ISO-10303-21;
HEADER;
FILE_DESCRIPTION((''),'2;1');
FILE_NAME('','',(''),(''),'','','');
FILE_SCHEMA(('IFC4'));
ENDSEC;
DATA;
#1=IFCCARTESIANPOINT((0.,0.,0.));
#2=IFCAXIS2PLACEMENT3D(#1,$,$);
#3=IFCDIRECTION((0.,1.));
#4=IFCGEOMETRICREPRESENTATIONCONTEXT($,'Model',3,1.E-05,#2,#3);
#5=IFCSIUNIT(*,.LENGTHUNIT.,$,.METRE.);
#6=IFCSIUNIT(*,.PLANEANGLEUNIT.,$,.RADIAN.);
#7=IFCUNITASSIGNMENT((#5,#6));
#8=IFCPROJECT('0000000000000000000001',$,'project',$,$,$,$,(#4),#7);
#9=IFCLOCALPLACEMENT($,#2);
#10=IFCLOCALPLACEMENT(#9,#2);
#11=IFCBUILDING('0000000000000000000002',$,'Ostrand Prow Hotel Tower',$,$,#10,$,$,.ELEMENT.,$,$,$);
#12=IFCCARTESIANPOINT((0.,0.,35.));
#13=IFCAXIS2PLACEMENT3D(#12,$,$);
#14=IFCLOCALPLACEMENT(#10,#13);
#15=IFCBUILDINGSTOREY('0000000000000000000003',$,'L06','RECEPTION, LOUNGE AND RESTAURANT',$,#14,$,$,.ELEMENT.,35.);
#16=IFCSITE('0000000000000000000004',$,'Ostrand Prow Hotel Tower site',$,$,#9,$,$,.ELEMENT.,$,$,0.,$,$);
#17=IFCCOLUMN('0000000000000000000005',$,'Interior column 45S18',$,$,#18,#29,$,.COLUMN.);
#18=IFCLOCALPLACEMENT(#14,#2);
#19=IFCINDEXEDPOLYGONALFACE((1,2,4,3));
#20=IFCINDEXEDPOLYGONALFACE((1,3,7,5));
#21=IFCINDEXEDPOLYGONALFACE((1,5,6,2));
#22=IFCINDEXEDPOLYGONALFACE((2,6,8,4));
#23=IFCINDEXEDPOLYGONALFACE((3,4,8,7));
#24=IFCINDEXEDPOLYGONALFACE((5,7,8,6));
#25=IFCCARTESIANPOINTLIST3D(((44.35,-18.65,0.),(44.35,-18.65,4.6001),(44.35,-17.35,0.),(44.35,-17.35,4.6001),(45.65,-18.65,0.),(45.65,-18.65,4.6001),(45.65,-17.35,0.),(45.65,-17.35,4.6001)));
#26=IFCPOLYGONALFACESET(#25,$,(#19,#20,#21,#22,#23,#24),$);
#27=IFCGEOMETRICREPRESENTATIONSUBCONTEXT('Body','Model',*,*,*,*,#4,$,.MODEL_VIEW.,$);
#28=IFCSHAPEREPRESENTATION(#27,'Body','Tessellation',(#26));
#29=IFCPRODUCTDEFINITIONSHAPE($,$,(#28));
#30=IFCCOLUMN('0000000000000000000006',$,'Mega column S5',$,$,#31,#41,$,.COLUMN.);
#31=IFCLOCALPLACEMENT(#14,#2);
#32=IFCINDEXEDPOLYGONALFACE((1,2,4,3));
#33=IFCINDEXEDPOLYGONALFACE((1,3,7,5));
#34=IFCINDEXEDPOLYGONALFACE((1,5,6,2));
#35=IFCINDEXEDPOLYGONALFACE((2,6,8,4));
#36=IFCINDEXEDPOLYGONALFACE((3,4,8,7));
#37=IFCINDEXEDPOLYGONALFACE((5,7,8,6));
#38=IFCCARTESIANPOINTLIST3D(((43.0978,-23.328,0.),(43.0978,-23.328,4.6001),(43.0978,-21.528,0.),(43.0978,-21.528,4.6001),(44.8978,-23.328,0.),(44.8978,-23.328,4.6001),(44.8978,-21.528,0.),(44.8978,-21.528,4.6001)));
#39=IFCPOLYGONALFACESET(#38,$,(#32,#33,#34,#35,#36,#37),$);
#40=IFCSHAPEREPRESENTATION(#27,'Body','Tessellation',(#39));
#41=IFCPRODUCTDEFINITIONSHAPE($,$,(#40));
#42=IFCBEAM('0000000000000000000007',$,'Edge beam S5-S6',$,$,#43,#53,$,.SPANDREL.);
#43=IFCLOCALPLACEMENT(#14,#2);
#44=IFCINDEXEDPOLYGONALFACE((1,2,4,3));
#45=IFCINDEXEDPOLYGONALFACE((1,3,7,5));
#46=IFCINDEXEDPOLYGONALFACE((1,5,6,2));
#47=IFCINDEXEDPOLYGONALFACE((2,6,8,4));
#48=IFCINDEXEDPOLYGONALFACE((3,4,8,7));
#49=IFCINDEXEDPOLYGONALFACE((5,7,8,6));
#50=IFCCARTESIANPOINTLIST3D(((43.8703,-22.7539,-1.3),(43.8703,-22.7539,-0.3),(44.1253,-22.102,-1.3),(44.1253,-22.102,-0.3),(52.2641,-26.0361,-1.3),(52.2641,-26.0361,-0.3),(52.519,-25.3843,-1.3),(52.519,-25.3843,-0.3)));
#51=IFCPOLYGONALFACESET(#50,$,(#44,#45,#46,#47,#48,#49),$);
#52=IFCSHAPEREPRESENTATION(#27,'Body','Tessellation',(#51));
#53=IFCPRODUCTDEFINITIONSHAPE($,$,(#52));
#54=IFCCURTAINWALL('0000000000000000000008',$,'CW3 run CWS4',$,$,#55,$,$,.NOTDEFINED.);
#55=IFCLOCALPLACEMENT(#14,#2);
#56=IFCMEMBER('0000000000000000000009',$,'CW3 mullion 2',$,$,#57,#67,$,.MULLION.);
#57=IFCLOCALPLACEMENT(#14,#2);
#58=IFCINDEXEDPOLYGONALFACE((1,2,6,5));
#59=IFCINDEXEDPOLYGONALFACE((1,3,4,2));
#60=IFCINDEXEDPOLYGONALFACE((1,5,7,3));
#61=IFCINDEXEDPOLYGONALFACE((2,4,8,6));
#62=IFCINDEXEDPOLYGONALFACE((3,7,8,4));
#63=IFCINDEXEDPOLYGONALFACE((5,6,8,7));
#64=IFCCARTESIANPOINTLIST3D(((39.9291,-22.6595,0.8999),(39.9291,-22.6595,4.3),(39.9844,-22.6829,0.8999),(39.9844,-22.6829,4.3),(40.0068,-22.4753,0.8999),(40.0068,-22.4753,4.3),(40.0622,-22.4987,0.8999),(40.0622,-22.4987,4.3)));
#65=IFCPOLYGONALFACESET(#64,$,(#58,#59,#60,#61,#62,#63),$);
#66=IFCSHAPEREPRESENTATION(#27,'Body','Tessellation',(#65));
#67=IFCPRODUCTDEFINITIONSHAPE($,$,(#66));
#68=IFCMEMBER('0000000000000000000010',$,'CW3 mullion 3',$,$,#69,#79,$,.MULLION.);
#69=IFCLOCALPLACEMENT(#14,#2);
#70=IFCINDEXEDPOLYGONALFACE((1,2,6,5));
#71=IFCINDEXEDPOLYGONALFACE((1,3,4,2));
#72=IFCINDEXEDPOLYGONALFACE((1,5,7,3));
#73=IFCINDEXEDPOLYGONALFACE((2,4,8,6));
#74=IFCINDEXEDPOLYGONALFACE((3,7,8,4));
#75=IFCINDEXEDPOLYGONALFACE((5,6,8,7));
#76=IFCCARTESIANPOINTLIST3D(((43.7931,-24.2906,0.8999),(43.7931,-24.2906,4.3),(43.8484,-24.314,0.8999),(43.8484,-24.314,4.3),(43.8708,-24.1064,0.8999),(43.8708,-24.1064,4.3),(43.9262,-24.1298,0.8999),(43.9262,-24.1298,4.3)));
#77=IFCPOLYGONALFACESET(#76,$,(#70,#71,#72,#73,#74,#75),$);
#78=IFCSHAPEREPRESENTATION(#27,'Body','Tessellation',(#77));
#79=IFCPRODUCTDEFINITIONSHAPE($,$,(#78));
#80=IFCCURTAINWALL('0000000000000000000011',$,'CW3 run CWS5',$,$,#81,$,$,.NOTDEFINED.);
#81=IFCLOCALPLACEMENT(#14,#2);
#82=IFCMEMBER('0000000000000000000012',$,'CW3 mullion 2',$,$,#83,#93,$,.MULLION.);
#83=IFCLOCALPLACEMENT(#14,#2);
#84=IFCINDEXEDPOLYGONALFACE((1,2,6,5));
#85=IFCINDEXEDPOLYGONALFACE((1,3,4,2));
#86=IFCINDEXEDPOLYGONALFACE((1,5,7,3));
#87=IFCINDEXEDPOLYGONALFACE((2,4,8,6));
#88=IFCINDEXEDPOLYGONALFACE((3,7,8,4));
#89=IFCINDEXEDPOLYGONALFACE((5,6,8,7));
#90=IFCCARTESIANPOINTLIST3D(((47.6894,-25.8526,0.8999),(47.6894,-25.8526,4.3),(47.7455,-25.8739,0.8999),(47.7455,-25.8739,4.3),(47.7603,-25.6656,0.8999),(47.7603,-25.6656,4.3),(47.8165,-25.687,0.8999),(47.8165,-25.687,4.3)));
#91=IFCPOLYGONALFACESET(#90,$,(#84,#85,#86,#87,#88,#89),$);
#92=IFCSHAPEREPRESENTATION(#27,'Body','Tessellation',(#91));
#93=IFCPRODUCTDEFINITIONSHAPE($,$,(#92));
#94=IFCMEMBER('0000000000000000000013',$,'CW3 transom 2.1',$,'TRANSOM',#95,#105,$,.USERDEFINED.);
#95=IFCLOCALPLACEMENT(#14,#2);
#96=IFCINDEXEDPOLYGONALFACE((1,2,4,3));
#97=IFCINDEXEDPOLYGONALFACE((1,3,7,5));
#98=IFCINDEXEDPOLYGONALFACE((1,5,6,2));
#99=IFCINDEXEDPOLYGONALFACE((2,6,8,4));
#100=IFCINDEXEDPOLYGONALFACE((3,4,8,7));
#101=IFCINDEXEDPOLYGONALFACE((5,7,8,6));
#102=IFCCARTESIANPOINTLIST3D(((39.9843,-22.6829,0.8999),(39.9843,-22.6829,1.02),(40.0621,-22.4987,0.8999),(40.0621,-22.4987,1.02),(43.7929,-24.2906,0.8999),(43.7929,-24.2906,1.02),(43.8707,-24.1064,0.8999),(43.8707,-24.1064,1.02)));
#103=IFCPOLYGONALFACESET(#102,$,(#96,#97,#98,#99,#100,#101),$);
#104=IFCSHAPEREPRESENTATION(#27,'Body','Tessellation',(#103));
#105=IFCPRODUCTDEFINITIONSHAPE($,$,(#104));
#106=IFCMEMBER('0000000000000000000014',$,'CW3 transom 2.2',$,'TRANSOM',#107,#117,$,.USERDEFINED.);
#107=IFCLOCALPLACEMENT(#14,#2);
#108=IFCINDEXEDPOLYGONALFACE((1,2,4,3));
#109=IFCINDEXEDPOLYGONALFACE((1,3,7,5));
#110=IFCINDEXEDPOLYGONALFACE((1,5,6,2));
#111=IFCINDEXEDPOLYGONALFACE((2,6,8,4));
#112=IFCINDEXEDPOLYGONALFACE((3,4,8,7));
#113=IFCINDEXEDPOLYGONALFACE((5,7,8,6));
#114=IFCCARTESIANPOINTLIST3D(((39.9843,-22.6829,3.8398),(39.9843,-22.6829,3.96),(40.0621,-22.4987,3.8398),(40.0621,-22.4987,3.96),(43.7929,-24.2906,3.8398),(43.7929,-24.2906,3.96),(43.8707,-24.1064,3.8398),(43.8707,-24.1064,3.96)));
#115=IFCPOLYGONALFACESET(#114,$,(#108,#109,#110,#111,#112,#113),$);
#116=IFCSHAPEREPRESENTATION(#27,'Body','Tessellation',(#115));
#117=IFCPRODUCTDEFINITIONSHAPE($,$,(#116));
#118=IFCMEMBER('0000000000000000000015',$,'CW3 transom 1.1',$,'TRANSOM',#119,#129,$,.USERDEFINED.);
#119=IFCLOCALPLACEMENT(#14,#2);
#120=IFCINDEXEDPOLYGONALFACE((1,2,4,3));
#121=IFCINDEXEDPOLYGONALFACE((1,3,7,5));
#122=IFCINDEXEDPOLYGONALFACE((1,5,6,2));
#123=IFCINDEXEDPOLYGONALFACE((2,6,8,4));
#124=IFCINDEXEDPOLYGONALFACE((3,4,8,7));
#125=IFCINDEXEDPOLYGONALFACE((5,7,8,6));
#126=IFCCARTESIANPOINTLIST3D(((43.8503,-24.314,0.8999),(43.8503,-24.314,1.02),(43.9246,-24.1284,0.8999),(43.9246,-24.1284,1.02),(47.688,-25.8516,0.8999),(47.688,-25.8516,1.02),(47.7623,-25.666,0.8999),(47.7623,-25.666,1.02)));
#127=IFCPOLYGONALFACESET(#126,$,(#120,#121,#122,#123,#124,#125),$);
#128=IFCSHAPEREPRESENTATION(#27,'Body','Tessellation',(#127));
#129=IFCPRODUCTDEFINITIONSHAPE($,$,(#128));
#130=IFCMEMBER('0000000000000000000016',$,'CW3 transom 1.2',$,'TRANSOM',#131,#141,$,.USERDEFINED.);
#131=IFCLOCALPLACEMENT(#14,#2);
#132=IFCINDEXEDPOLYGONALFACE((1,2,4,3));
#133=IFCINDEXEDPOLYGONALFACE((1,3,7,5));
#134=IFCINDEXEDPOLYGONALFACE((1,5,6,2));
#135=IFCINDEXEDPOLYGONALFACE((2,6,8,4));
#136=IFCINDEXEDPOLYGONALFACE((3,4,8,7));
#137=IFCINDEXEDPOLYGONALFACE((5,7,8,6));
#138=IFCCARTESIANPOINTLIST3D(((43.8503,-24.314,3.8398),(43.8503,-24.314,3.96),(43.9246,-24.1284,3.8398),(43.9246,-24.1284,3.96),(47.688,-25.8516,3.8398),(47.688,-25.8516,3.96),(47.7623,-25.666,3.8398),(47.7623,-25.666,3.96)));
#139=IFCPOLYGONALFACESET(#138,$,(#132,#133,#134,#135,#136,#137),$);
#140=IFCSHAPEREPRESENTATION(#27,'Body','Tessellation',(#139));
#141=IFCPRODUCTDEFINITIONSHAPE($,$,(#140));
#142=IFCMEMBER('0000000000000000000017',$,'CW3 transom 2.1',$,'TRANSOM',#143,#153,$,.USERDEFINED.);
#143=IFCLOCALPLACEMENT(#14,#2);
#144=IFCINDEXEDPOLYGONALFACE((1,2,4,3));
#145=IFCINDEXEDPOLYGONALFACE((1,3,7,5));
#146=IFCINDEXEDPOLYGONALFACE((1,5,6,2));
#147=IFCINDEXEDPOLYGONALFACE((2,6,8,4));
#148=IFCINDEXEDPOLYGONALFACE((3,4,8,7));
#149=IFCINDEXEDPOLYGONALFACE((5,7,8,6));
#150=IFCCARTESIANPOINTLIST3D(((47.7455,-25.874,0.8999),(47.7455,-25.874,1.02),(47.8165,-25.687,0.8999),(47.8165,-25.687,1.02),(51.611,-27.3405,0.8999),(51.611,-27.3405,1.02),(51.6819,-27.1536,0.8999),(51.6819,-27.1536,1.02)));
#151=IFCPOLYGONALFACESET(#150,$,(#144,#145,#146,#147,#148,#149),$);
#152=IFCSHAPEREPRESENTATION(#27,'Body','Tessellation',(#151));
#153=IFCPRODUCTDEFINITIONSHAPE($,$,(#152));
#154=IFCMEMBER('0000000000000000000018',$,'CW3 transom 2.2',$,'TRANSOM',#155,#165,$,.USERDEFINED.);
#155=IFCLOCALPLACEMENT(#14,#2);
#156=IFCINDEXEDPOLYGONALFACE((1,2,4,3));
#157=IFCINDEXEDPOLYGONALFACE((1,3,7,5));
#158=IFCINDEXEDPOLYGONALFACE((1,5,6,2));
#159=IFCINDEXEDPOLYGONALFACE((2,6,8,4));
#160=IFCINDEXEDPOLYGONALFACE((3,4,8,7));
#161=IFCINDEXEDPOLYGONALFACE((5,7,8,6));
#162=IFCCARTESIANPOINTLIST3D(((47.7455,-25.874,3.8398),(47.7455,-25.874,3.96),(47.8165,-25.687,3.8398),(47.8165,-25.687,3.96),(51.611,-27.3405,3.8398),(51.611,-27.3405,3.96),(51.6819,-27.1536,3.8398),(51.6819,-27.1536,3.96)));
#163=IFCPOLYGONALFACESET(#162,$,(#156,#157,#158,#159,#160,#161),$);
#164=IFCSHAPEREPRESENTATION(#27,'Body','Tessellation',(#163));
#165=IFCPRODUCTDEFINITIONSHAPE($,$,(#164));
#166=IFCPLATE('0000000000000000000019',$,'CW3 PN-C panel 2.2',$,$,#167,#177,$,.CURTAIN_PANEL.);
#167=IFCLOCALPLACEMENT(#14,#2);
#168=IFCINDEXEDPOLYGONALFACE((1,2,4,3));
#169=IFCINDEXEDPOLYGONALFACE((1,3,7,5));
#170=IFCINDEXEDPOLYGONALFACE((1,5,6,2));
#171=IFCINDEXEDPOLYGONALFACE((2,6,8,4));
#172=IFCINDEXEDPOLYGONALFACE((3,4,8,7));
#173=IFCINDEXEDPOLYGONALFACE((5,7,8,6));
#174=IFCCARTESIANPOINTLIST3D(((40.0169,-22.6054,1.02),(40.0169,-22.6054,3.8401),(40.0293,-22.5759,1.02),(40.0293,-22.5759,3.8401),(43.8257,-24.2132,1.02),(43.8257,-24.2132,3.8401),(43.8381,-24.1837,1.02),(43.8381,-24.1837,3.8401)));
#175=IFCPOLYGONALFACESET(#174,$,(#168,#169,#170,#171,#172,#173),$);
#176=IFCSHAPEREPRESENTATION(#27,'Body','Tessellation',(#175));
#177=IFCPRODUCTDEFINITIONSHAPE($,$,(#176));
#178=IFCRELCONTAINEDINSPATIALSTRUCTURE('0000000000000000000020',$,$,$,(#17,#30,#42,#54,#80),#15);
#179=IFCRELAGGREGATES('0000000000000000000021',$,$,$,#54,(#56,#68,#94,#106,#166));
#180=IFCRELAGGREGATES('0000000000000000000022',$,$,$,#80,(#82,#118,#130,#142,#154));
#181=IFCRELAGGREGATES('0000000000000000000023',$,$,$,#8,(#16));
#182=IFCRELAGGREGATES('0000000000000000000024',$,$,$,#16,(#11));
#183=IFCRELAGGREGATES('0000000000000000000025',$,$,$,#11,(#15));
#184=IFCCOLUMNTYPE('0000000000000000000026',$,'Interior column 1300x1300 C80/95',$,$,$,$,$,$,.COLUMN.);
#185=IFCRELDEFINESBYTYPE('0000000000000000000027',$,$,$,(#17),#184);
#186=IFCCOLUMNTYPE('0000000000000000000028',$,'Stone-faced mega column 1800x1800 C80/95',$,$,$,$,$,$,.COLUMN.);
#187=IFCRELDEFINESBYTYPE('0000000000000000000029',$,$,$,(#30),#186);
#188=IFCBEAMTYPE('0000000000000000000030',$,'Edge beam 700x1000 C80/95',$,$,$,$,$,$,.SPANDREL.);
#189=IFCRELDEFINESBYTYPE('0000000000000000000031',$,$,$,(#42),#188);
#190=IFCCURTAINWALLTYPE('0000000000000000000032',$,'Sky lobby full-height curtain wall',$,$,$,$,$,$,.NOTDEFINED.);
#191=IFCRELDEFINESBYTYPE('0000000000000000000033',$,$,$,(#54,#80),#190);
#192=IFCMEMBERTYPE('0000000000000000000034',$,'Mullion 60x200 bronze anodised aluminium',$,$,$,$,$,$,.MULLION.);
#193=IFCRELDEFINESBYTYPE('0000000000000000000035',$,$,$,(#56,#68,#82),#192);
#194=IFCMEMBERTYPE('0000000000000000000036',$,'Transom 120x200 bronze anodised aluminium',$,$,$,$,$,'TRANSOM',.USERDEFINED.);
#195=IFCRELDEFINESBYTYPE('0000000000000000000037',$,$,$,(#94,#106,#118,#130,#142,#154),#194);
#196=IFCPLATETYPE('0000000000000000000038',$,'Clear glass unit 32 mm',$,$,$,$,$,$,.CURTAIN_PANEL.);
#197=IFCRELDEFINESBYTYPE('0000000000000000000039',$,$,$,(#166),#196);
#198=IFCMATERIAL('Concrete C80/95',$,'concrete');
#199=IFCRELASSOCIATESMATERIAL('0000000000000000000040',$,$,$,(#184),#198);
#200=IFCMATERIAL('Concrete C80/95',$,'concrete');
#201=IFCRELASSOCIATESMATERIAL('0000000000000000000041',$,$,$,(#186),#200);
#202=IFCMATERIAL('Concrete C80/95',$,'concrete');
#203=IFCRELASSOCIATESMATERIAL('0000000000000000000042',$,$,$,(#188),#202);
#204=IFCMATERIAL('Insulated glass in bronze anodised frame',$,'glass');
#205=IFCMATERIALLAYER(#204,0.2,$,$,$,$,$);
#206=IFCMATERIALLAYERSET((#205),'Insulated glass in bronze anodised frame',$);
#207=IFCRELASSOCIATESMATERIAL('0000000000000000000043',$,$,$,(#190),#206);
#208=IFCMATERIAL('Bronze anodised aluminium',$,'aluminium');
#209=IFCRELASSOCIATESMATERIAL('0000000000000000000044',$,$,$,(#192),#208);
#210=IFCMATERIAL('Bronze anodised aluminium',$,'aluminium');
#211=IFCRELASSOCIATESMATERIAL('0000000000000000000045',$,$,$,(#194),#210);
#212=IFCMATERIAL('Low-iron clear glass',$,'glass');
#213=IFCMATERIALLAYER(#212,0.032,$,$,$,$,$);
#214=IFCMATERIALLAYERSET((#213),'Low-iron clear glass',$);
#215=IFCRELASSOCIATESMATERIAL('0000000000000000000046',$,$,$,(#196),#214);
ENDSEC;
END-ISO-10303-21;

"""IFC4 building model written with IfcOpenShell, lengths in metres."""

from ifc_helpers import new_model, si_unit, direction, frame, origin, origin_2d, place, context, subcontext, project, spatial, rectangle, extrude, material, layer, layer_set, material_profile, profile_set, type_object, element, aggregate, save


model = new_model("IFC4")

# Units and contexts
model_context = context("Model", 3, precision=1e-05, world=origin(), true_north=direction((0.0, 1.0)))
body_context = subcontext(model_context, "Body", "Model", "MODEL_VIEW")
ifc_project = project(units=[si_unit("LENGTHUNIT", "METRE"), si_unit("PLANEANGLEUNIT", "RADIAN")], contexts=[model_context])

# Site, building, storey
site_placement = place(None, origin())
site = spatial("IfcSite", under=ifc_project, at=site_placement, Name="Ostrand Prow Hotel Tower site", CompositionType="ELEMENT", RefElevation=0.0)
building_placement = place(site_placement, origin())
building = spatial("IfcBuilding", under=site, at=building_placement, Name="Ostrand Prow Hotel Tower", CompositionType="ELEMENT")
storey_placement = place(building_placement, frame((0.0, 0.0, 35.0)))
storey = spatial("IfcBuildingStorey", under=building, at=storey_placement, Name="L06", Description="RECEPTION, LOUNGE AND RESTAURANT", CompositionType="ELEMENT", Elevation=35.0)

# Columns
ifc_material_1 = material(Name="Concrete C80/95", Category="concrete")
ifc_material_profile_1 = material_profile(ifc_material_1, rectangle(XDim=1.3, YDim=1.3, at=origin_2d()), Name="RC 1300x1300")
ifc_profile_set_1 = profile_set([ifc_material_profile_1], Name="Concrete C80/95")
column_type_1 = type_object("IfcColumnType", Name="Interior column 1300x1300 C80/95", PredefinedType="COLUMN", material=ifc_profile_set_1)
column_1_placement = place(storey_placement, frame((45.0, -18.0, 0.0), z_axis=(0.0, 0.0, 1.0), x_axis=(1.0, 0.0, 0.0)))
element("IfcColumn", 1, at=column_1_placement, inside=storey, type_object=column_type_1, Name="Interior column 45S18", PredefinedType="COLUMN", context=body_context, shape_type="SweptSolid", body=[
    extrude(rectangle(XDim=1.3, YDim=1.3, at=origin_2d()), origin(), (0.0, 0.0, 1.0), 4.6001),
])
ifc_material_2 = material(Name="Concrete C80/95", Category="concrete")
ifc_material_profile_2 = material_profile(ifc_material_2, rectangle(XDim=1.8, YDim=1.8, at=origin_2d()), Name="RC 1800x1800")
ifc_profile_set_2 = profile_set([ifc_material_profile_2], Name="Concrete C80/95")
column_type_2 = type_object("IfcColumnType", Name="Stone-faced mega column 1800x1800 C80/95", PredefinedType="COLUMN", material=ifc_profile_set_2)
column_2_placement = place(storey_placement, frame((43.9978, -22.428, 0.0), z_axis=(0.0, 0.0, 1.0), x_axis=(1.0, 0.0, 0.0)))
element("IfcColumn", 2, at=column_2_placement, inside=storey, type_object=column_type_2, Name="Mega column S5", PredefinedType="COLUMN", context=body_context, shape_type="SweptSolid", body=[
    extrude(rectangle(XDim=1.8, YDim=1.8, at=origin_2d()), origin(), (0.0, 0.0, 1.0), 4.6001),
])

# Beam
ifc_material_3 = material(Name="Concrete C80/95", Category="concrete")
ifc_material_profile_3 = material_profile(ifc_material_3, rectangle(XDim=0.7, YDim=1.0, at=origin_2d()), Name="RC 700x1000")
ifc_profile_set_3 = profile_set([ifc_material_profile_3], Name="Concrete C80/95")
beam_type = type_object("IfcBeamType", Name="Edge beam 700x1000 C80/95", PredefinedType="SPANDREL", material=ifc_profile_set_3)
beam_placement = place(storey_placement, frame((43.9978, -22.428, -0.8), z_axis=(0.931329, -0.364178, 0.0), x_axis=(0.364178, 0.931329, 0.0)))
element("IfcBeam", 3, at=beam_placement, inside=storey, type_object=beam_type, Name="Edge beam S5-S6", PredefinedType="SPANDREL", context=body_context, shape_type="SweptSolid", body=[
    extrude(rectangle(XDim=0.7, YDim=1.0, at=origin_2d()), origin(), (0.0, 0.0, 1.0), 9.0127),
])

# Curtain wall, members
ifc_material_4 = material(Name="Insulated glass in bronze anodised frame", Category="glass")
ifc_layer_1 = layer(ifc_material_4, 0.2)
ifc_layer_set_1 = layer_set([ifc_layer_1], Name="Insulated glass in bronze anodised frame")
curtain_wall_type = type_object("IfcCurtainWallType", Name="Sky lobby full-height curtain wall", PredefinedType="NOTDEFINED", material=ifc_layer_set_1)
curtain_wall_1_placement = place(storey_placement, origin())
curtain_wall_1 = element("IfcCurtainWall", 4, at=curtain_wall_1_placement, inside=storey, type_object=curtain_wall_type, Name="CW3 run CWS4", PredefinedType="NOTDEFINED")
ifc_material_5 = material(Name="Bronze anodised aluminium", Category="aluminium")
ifc_material_profile_4 = material_profile(ifc_material_5, rectangle(XDim=0.2, YDim=0.0601, at=origin_2d()), Name="Mullion 60x200 bronze anodised aluminium")
ifc_profile_set_4 = profile_set([ifc_material_profile_4], Name="Bronze anodised aluminium")
member_type_1 = type_object("IfcMemberType", Name="Mullion 60x200 bronze anodised aluminium", PredefinedType="MULLION", material=ifc_profile_set_4)
member_1_placement = place(storey_placement, frame((39.9956, -22.5791, 0.8999), z_axis=(0.0, 0.0, 1.0), x_axis=(0.388892, 0.921283, 0.0)))
member_1 = element("IfcMember", 5, at=member_1_placement, type_object=member_type_1, Name="CW3 mullion 2", PredefinedType="MULLION", context=body_context, shape_type="SweptSolid", body=[
    extrude(rectangle(XDim=0.2, YDim=0.0601, at=origin_2d()), origin(), (0.0, 0.0, 1.0), 3.4001),
])
member_2_placement = place(storey_placement, frame((43.8596, -24.2102, 0.8999), z_axis=(0.0, 0.0, 1.0), x_axis=(0.388892, 0.921283, 0.0)))
member_2 = element("IfcMember", 6, at=member_2_placement, type_object=member_type_1, Name="CW3 mullion 3", PredefinedType="MULLION", context=body_context, shape_type="SweptSolid", body=[
    extrude(rectangle(XDim=0.2, YDim=0.0601, at=origin_2d()), origin(), (0.0, 0.0, 1.0), 3.4001),
])

# Curtain wall, member
curtain_wall_2_placement = place(storey_placement, origin())
curtain_wall_2 = element("IfcCurtainWall", 7, at=curtain_wall_2_placement, inside=storey, type_object=curtain_wall_type, Name="CW3 run CWS5", PredefinedType="NOTDEFINED")
member_3_placement = place(storey_placement, frame((47.7529, -25.7698, 0.8999), z_axis=(0.0, 0.0, 1.0), x_axis=(0.354728, 0.934969, 0.0)))
member_3 = element("IfcMember", 8, at=member_3_placement, type_object=member_type_1, Name="CW3 mullion 2", PredefinedType="MULLION", context=body_context, shape_type="SweptSolid", body=[
    extrude(rectangle(XDim=0.2, YDim=0.0601, at=origin_2d()), origin(), (0.0, 0.0, 1.0), 3.4001),
])

# Members
ifc_material_6 = material(Name="Bronze anodised aluminium", Category="aluminium")
ifc_material_profile_5 = material_profile(ifc_material_6, rectangle(XDim=0.2, YDim=0.1201, at=origin_2d()), Name="Transom 120x200 bronze anodised aluminium")
ifc_profile_set_5 = profile_set([ifc_material_profile_5], Name="Bronze anodised aluminium")
member_type_2 = type_object("IfcMemberType", Name="Transom 120x200 bronze anodised aluminium", ElementType="TRANSOM", PredefinedType="USERDEFINED", material=ifc_profile_set_5)
member_4_placement = place(storey_placement, frame((40.0232, -22.5908, 0.96), z_axis=(0.921285, -0.388888, 0.0), x_axis=(0.388888, 0.921285, 0.0)))
member_4 = element("IfcMember", 9, at=member_4_placement, type_object=member_type_2, Name="CW3 transom 2.1", ObjectType="TRANSOM", PredefinedType="USERDEFINED", context=body_context, shape_type="SweptSolid", body=[
    extrude(rectangle(XDim=0.2, YDim=0.1201, at=origin_2d()), origin(), (0.0, 0.0, 1.0), 4.134),
])
member_5_placement = place(storey_placement, frame((40.0232, -22.5908, 3.8999), z_axis=(0.921285, -0.388888, 0.0), x_axis=(0.388888, 0.921285, 0.0)))
member_5 = element("IfcMember", 10, at=member_5_placement, type_object=member_type_2, Name="CW3 transom 2.2", ObjectType="TRANSOM", PredefinedType="USERDEFINED", context=body_context, shape_type="SweptSolid", body=[
    extrude(rectangle(XDim=0.2, YDim=0.1201, at=origin_2d()), origin(), (0.0, 0.0, 1.0), 4.134),
])
member_6_placement = place(storey_placement, frame((43.8875, -24.2212, 0.96), z_axis=(0.928265, -0.37192, 0.0), x_axis=(0.37192, 0.928265, 0.0)))
member_6 = element("IfcMember", 11, at=member_6_placement, type_object=member_type_2, Name="CW3 transom 1.1", ObjectType="TRANSOM", PredefinedType="USERDEFINED", context=body_context, shape_type="SweptSolid", body=[
    extrude(rectangle(XDim=0.2, YDim=0.1201, at=origin_2d()), origin(), (0.0, 0.0, 1.0), 4.1343),
])
member_7_placement = place(storey_placement, frame((43.8875, -24.2212, 3.8999), z_axis=(0.928265, -0.37192, 0.0), x_axis=(0.37192, 0.928265, 0.0)))
member_7 = element("IfcMember", 12, at=member_7_placement, type_object=member_type_2, Name="CW3 transom 1.2", ObjectType="TRANSOM", PredefinedType="USERDEFINED", context=body_context, shape_type="SweptSolid", body=[
    extrude(rectangle(XDim=0.2, YDim=0.1201, at=origin_2d()), origin(), (0.0, 0.0, 1.0), 4.1343),
])
member_8_placement = place(storey_placement, frame((47.781, -25.7805, 0.96), z_axis=(0.934971, -0.354725, 0.0), x_axis=(0.354725, 0.934971, 0.0)))
member_8 = element("IfcMember", 13, at=member_8_placement, type_object=member_type_2, Name="CW3 transom 2.1", ObjectType="TRANSOM", PredefinedType="USERDEFINED", context=body_context, shape_type="SweptSolid", body=[
    extrude(rectangle(XDim=0.2, YDim=0.1201, at=origin_2d()), origin(), (0.0, 0.0, 1.0), 4.1343),
])
member_9_placement = place(storey_placement, frame((47.781, -25.7805, 3.8999), z_axis=(0.934971, -0.354725, 0.0), x_axis=(0.354725, 0.934971, 0.0)))
member_9 = element("IfcMember", 14, at=member_9_placement, type_object=member_type_2, Name="CW3 transom 2.2", ObjectType="TRANSOM", PredefinedType="USERDEFINED", context=body_context, shape_type="SweptSolid", body=[
    extrude(rectangle(XDim=0.2, YDim=0.1201, at=origin_2d()), origin(), (0.0, 0.0, 1.0), 4.1343),
])

# Plate
ifc_material_7 = material(Name="Low-iron clear glass", Category="glass")
ifc_layer_2 = layer(ifc_material_7, 0.032)
ifc_layer_set_2 = layer_set([ifc_layer_2], Name="Low-iron clear glass")
plate_type_1 = type_object("IfcPlateType", Name="Clear glass unit 32 mm", PredefinedType="CURTAIN_PANEL", material=ifc_layer_set_2)
plate_1_placement = place(storey_placement, frame((41.9275, -23.3945, 1.02), z_axis=(0.0, 0.0, 1.0), x_axis=(0.921283, -0.388892, 0.0)))
plate_1 = element("IfcPlate", 15, at=plate_1_placement, type_object=plate_type_1, Name="CW3 PN-C panel 2.2", PredefinedType="CURTAIN_PANEL", context=body_context, shape_type="SweptSolid", body=[
    extrude(rectangle(XDim=4.1343, YDim=0.032, at=origin_2d()), origin(), (0.0, 0.0, 1.0), 2.8201),
])
aggregate(curtain_wall_1, [member_1, member_2, member_4, member_5, plate_1])
aggregate(curtain_wall_2, [member_3, member_6, member_7, member_8, member_9])

save(model, "model.ifc")
